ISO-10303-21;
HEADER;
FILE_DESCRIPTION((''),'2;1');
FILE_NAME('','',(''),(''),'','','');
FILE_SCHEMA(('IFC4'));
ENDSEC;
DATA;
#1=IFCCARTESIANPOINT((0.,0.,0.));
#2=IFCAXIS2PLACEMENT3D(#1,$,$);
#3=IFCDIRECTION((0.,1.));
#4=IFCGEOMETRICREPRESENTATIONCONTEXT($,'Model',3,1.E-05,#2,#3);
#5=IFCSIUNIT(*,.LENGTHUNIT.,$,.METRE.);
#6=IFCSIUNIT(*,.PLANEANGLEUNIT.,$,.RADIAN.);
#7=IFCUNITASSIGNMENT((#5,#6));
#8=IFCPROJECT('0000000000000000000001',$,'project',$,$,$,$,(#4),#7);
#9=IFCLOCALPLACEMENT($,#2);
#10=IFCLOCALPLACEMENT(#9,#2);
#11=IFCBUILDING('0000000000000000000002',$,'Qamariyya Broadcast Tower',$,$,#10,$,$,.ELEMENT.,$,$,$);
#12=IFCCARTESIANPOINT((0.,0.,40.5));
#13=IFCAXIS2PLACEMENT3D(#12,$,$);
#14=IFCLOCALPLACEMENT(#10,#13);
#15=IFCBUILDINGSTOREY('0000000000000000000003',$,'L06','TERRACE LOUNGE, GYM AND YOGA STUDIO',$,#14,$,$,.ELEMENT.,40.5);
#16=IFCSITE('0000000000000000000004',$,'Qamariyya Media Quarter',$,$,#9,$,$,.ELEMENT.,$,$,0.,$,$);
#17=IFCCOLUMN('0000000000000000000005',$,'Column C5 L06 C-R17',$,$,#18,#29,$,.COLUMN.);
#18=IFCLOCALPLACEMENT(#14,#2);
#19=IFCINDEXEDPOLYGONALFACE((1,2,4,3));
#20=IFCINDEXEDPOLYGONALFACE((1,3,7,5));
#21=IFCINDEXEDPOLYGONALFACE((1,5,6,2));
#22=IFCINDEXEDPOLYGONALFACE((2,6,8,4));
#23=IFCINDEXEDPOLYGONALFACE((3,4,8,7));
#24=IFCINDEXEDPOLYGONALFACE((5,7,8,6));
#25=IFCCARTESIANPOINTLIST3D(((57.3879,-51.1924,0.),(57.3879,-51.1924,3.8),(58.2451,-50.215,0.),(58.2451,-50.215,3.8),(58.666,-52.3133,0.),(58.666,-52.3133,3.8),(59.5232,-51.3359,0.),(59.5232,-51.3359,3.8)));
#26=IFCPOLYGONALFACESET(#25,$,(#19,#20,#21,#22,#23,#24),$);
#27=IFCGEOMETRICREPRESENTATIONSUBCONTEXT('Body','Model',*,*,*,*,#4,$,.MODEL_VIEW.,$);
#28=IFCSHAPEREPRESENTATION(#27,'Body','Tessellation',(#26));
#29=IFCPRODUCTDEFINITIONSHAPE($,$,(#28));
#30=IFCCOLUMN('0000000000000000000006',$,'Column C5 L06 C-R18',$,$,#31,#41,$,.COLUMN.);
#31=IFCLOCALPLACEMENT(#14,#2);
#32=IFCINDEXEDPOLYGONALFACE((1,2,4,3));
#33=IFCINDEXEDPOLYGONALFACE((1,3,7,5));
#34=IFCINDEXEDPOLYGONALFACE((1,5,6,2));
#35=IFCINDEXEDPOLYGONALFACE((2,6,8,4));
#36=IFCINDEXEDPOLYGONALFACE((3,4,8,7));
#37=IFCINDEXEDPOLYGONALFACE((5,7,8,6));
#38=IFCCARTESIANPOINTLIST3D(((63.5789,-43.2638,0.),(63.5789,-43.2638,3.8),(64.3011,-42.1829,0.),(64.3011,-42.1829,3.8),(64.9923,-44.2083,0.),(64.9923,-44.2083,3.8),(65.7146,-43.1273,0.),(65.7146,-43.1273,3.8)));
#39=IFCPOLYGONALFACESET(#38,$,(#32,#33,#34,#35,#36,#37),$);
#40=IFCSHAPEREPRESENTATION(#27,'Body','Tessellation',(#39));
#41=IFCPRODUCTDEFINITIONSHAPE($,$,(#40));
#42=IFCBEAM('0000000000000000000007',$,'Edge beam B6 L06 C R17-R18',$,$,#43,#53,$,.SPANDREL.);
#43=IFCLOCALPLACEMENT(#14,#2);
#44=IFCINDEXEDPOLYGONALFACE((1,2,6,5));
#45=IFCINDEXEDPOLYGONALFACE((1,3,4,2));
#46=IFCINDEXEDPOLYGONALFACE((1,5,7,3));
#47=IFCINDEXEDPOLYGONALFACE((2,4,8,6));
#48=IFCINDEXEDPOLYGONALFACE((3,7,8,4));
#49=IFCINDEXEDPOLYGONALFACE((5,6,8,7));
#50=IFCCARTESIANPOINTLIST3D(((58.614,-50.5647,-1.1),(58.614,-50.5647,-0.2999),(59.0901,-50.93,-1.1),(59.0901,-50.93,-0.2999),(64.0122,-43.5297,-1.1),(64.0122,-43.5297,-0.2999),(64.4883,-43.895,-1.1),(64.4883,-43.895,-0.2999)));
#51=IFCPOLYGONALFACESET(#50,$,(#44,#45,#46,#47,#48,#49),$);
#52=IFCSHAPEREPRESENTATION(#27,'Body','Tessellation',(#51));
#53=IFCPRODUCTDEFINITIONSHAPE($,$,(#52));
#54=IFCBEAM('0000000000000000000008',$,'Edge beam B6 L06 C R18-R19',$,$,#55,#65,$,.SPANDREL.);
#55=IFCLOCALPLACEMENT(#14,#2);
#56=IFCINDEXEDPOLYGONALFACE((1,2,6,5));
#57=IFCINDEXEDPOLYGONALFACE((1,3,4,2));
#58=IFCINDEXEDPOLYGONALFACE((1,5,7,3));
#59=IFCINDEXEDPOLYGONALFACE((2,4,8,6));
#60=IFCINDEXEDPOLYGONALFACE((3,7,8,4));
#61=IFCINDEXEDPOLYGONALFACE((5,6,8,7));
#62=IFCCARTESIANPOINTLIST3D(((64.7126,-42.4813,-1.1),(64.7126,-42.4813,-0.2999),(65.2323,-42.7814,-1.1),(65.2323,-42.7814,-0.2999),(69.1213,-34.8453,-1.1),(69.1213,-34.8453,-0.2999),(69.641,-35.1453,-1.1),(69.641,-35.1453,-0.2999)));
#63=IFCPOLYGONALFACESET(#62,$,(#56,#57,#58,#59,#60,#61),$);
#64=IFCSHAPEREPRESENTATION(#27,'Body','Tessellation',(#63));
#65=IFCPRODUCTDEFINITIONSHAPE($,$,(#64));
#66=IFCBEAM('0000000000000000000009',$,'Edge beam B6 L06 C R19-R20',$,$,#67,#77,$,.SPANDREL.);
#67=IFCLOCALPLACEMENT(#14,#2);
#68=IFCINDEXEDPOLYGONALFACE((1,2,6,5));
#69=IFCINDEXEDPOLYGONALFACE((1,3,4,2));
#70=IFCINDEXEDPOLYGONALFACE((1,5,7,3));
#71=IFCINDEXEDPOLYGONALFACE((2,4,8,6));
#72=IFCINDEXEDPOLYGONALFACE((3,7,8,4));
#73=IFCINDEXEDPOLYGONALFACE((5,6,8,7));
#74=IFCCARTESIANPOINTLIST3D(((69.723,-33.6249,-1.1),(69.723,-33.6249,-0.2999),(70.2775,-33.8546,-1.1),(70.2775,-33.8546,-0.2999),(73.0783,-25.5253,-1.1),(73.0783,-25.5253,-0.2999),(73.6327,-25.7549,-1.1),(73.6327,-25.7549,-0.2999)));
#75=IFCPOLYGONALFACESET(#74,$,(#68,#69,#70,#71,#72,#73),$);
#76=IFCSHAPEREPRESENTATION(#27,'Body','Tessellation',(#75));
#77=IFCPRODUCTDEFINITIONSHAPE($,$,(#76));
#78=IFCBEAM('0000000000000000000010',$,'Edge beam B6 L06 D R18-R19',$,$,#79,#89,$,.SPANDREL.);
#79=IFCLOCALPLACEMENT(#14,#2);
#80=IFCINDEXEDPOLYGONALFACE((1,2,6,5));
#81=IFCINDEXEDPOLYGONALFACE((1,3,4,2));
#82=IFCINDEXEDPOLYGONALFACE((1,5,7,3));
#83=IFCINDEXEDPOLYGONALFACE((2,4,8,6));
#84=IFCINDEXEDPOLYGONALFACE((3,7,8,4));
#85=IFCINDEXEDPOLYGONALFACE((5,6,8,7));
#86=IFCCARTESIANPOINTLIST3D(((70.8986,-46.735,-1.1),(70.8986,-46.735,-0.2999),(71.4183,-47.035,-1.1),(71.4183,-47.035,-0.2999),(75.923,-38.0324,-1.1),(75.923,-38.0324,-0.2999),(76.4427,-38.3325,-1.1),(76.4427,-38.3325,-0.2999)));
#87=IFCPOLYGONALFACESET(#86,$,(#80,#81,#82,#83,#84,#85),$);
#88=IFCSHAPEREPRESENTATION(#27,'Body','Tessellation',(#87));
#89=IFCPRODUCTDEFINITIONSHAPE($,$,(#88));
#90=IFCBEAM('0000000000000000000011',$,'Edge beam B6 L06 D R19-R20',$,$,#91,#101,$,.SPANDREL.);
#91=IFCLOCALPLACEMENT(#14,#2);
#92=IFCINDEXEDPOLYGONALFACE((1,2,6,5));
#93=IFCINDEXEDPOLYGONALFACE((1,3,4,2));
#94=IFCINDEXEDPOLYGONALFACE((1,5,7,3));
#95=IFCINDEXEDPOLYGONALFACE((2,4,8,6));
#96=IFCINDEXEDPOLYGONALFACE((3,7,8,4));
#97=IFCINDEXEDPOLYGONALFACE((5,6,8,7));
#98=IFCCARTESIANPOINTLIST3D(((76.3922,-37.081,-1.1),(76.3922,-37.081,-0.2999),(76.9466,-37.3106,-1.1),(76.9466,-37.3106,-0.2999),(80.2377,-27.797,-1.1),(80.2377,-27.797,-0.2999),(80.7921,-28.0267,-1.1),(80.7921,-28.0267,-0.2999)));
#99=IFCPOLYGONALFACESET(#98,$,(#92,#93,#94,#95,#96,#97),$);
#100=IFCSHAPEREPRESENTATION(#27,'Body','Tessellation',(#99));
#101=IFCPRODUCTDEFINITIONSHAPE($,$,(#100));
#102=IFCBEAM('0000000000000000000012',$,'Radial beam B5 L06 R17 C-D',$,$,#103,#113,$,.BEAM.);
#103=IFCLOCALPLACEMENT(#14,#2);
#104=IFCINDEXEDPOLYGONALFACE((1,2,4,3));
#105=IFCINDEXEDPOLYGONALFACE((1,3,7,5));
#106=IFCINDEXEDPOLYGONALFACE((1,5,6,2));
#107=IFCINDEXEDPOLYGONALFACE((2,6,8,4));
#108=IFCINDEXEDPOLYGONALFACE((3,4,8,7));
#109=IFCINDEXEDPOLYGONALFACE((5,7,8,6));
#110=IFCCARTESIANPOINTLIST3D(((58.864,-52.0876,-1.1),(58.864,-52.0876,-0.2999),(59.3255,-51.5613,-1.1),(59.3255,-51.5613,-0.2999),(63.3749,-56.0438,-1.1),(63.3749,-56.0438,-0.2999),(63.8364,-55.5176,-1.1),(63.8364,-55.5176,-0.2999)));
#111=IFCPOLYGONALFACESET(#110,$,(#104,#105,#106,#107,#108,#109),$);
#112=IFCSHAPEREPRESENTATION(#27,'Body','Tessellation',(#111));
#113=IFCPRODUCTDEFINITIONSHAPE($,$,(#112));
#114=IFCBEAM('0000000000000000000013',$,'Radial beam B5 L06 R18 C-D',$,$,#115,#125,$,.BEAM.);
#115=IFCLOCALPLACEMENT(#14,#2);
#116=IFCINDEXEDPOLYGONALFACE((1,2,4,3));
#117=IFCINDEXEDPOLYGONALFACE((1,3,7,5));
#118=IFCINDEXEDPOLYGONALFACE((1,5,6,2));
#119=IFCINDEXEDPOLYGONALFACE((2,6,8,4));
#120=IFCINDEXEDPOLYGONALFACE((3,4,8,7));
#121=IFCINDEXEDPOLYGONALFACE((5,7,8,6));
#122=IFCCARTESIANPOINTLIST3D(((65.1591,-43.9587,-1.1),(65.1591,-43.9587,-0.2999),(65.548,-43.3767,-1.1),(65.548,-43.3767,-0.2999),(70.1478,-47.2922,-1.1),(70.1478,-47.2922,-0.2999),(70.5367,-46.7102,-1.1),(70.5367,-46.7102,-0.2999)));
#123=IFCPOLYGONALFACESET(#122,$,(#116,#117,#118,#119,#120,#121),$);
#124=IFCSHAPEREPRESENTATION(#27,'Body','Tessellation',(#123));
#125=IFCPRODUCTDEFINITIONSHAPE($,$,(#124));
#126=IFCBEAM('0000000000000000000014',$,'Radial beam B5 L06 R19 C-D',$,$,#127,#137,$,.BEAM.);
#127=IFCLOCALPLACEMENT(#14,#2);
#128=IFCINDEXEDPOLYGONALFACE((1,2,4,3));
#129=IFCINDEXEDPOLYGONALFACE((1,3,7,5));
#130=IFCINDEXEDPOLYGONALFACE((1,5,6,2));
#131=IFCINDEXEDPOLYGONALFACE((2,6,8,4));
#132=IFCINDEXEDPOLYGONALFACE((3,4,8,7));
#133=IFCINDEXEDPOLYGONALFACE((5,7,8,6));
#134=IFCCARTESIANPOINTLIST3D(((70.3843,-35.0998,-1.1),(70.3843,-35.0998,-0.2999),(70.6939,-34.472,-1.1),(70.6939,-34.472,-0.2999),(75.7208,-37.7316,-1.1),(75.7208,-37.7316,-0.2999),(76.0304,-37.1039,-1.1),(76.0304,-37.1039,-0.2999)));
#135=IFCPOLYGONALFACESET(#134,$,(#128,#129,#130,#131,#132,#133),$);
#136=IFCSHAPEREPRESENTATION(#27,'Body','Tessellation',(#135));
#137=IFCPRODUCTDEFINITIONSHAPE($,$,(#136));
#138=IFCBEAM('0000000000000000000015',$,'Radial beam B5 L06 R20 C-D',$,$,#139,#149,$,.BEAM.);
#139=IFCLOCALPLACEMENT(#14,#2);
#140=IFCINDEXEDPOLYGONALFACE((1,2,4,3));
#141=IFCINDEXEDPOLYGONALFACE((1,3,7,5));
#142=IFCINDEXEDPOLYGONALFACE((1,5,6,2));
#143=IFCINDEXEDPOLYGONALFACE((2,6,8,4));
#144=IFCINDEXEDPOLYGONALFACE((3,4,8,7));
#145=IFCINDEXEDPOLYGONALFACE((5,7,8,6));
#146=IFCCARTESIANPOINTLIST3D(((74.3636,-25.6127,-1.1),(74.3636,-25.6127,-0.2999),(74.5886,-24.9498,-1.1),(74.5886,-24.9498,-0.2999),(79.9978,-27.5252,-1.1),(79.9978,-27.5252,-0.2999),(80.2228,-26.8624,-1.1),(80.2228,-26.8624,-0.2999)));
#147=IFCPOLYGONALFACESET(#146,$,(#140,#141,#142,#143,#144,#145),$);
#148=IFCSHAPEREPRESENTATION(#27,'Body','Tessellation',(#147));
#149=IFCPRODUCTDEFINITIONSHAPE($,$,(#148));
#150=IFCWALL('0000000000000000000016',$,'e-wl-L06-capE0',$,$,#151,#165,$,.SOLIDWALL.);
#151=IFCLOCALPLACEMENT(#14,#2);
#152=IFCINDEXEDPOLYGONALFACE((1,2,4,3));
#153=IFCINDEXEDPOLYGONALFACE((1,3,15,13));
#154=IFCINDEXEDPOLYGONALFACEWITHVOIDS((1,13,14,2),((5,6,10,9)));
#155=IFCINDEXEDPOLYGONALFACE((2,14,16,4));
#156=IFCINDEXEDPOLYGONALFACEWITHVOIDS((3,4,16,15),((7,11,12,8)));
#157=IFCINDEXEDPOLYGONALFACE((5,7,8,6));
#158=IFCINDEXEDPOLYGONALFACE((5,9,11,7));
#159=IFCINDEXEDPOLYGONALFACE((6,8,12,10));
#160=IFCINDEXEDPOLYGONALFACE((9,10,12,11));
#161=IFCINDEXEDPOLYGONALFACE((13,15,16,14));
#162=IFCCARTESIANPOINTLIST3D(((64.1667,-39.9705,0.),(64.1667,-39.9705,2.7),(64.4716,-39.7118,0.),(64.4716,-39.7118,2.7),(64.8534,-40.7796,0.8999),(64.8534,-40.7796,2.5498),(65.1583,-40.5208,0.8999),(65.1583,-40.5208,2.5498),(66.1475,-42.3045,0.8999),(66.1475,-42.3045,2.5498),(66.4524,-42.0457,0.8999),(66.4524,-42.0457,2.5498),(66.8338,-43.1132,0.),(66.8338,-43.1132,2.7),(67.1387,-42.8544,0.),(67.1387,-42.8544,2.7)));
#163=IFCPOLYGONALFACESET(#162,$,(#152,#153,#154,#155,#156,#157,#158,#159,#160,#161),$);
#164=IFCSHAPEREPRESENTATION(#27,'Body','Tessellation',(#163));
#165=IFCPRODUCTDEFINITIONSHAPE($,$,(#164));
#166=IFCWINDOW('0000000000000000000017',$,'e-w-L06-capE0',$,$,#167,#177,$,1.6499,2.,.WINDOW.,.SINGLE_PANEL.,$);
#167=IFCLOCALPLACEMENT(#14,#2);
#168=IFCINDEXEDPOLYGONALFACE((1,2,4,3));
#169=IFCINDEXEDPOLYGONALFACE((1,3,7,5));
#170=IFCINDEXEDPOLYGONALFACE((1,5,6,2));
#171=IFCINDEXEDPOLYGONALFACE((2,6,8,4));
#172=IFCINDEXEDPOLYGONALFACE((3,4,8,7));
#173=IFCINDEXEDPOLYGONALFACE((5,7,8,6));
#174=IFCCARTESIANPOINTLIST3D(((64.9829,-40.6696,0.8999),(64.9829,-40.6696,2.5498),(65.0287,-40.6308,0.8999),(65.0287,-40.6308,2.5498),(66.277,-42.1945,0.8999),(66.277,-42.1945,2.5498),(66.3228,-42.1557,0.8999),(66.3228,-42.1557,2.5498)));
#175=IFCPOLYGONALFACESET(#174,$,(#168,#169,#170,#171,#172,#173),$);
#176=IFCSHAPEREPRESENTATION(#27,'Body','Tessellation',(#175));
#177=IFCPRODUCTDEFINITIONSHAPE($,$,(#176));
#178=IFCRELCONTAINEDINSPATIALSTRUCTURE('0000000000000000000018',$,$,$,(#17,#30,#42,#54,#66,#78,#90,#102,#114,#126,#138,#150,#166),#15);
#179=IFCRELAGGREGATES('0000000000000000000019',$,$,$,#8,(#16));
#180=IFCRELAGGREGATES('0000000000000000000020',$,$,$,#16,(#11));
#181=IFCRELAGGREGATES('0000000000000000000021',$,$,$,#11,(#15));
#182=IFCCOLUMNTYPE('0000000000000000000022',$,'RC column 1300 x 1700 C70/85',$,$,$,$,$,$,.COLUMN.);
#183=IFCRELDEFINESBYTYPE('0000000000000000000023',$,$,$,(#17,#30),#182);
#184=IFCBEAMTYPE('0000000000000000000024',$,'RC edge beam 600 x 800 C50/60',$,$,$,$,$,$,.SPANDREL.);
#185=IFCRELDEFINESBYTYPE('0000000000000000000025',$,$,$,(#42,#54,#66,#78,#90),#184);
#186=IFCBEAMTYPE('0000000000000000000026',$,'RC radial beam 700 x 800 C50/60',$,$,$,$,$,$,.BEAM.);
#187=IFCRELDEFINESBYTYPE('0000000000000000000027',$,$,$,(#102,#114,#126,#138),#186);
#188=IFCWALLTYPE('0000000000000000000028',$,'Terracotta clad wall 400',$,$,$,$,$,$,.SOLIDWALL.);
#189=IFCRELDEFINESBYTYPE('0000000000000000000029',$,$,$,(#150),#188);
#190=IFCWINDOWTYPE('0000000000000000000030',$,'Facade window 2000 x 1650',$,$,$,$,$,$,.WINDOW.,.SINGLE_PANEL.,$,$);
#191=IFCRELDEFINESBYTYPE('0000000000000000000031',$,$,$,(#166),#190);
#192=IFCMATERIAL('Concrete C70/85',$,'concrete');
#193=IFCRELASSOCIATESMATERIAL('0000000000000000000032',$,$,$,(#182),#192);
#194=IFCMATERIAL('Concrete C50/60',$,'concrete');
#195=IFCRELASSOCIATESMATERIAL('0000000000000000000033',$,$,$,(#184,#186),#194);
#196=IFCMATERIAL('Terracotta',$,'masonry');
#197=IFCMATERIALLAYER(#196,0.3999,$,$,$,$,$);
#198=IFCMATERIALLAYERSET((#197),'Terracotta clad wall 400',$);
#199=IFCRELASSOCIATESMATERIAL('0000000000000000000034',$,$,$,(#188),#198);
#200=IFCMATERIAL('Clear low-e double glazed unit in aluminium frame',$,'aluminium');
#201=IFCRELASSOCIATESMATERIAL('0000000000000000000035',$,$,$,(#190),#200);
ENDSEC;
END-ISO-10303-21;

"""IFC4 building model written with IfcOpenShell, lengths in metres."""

from ifc_helpers import new_model, si_unit, direction, frame, frame_2d, origin, origin_2d, place, context, subcontext, project, spatial, rectangle, extrude, material, layer, layer_set, material_profile, profile_set, type_object, element, fill, save


model = new_model("IFC4")

# Units and contexts
model_context = context("Model", 3, precision=1e-05, world=origin(), true_north=direction((0.0, 1.0)))
body_context = subcontext(model_context, "Body", "Model", "MODEL_VIEW")
ifc_project = project(units=[si_unit("LENGTHUNIT", "METRE"), si_unit("PLANEANGLEUNIT", "RADIAN")], contexts=[model_context])

# Site, building, storey
site_placement = place(None, origin())
site = spatial("IfcSite", under=ifc_project, at=site_placement, Name="Qamariyya Media Quarter", CompositionType="ELEMENT", RefElevation=0.0)
building_placement = place(site_placement, origin())
building = spatial("IfcBuilding", under=site, at=building_placement, Name="Qamariyya Broadcast Tower", CompositionType="ELEMENT")
storey_placement = place(building_placement, frame((0.0, 0.0, 40.5)))
storey = spatial("IfcBuildingStorey", under=building, at=storey_placement, Name="L06", Description="TERRACE LOUNGE, GYM AND YOGA STUDIO", CompositionType="ELEMENT", Elevation=40.5)

# Columns
ifc_material_1 = material(Name="Concrete C70/85", Category="concrete")
ifc_material_profile_1 = material_profile(ifc_material_1, rectangle(XDim=1.3, YDim=1.7, at=origin_2d()))
ifc_profile_set_1 = profile_set([ifc_material_profile_1], Name="Concrete C70/85")
column_type = type_object("IfcColumnType", Name="RC column 1300 x 1700 C70/85", PredefinedType="COLUMN", material=ifc_profile_set_1)
for number, where, z_axis, x_axis, name in (
    (1, (58.4556, -51.2642, 0.0), (0.0, 0.0, 1.0), (0.659346, 0.75184, 0.0), "Column C5 L06 C-R17"),
    (2, (64.6467, -43.1956, 0.0), (0.0, 0.0, 1.0), (0.55557, 0.83147, 0.0), "Column C5 L06 C-R18"),
):
    element("IfcColumn", number, at=place(storey_placement, frame(where, z_axis=z_axis, x_axis=x_axis)), inside=storey, type_object=column_type, Name=name, PredefinedType="COLUMN", context=body_context, shape_type="SweptSolid", body=[
        extrude(rectangle(XDim=1.3, YDim=1.7, at=origin_2d()), origin(), (0.0, 0.0, 1.0), 3.8),
    ])

# Beams
ifc_material_2 = material(Name="Concrete C50/60", Category="concrete")
ifc_material_profile_2 = material_profile(ifc_material_2, rectangle(XDim=0.6001, YDim=0.8, at=origin_2d()))
ifc_profile_set_2 = profile_set([ifc_material_profile_2], Name="Concrete C50/60")
beam_type_1 = type_object("IfcBeamType", Name="RC edge beam 600 x 800 C50/60", PredefinedType="SPANDREL", material=ifc_profile_set_2)
beam_1_placement = place(storey_placement, frame((58.8521, -50.7473, -0.7), z_axis=(0.60877, 0.793347, 0.0), x_axis=(-0.793347, 0.60877, 0.0)))
element("IfcBeam", 3, at=beam_1_placement, inside=storey, type_object=beam_type_1, Name="Edge beam B6 L06 C R17-R18", PredefinedType="SPANDREL", context=body_context, shape_type="SweptSolid", body=[
    extrude(rectangle(XDim=0.6001, YDim=0.8, at=origin_2d()), origin(), (0.0, 0.0, 1.0), 8.8674),
])
beam_2_placement = place(storey_placement, frame((64.9724, -42.6313, -0.7), z_axis=(0.500004, 0.866023, 0.0), x_axis=(-0.866023, 0.500004, 0.0)))
element("IfcBeam", 4, at=beam_2_placement, inside=storey, type_object=beam_type_1, Name="Edge beam B6 L06 C R18-R19", PredefinedType="SPANDREL", context=body_context, shape_type="SweptSolid", body=[
    extrude(rectangle(XDim=0.6001, YDim=0.8, at=origin_2d()), origin(), (0.0, 0.0, 1.0), 8.8174),
])
beam_3_placement = place(storey_placement, frame((70.0002, -33.7397, -0.7), z_axis=(0.382708, 0.923869, 0.0), x_axis=(-0.923869, 0.382708, 0.0)))
element("IfcBeam", 5, at=beam_3_placement, inside=storey, type_object=beam_type_1, Name="Edge beam B6 L06 C R19-R20", PredefinedType="SPANDREL", context=body_context, shape_type="SweptSolid", body=[
    extrude(rectangle(XDim=0.6001, YDim=0.8, at=origin_2d()), origin(), (0.0, 0.0, 1.0), 8.7671),
])
for number, where, z_axis, x_axis, name in (
    (6, (71.1584, -46.885, -0.7), (0.499996, 0.866028, 0.0), (-0.866028, 0.499996, 0.0), "Edge beam B6 L06 D R18-R19"),
    (7, (76.6694, -37.1958, -0.7), (0.382677, 0.923882, 0.0), (-0.923882, 0.382677, 0.0), "Edge beam B6 L06 D R19-R20"),
):
    element("IfcBeam", number, at=place(storey_placement, frame(where, z_axis=z_axis, x_axis=x_axis)), inside=storey, type_object=beam_type_1, Name=name, PredefinedType="SPANDREL", context=body_context, shape_type="SweptSolid", body=[
        extrude(rectangle(XDim=0.6001, YDim=0.8, at=origin_2d()), origin(), (0.0, 0.0, 1.0), 10.0488),
    ])
ifc_material_profile_3 = material_profile(ifc_material_2, rectangle(XDim=0.7, YDim=0.8, at=origin_2d()))
ifc_profile_set_3 = profile_set([ifc_material_profile_3], Name="Concrete C50/60")
beam_type_2 = type_object("IfcBeamType", Name="RC radial beam 700 x 800 C50/60", PredefinedType="BEAM", material=ifc_profile_set_3)
for number, where, z_axis, x_axis, name in (
    (8, (59.0947, -51.8245, -0.7), (0.751818, -0.659371, 0.0), (0.659371, 0.751818, 0.0), "Radial beam B5 L06 R17 C-D"),
    (9, (65.3535, -43.6677, -0.7), (0.831461, -0.555583, 0.0), (0.555583, 0.831461, 0.0), "Radial beam B5 L06 R18 C-D"),
):
    element("IfcBeam", number, at=place(storey_placement, frame(where, z_axis=z_axis, x_axis=x_axis)), inside=storey, type_object=beam_type_2, Name=name, PredefinedType="BEAM", context=body_context, shape_type="SweptSolid", body=[
        extrude(rectangle(XDim=0.7, YDim=0.8, at=origin_2d()), origin(), (0.0, 0.0, 1.0), 6.0),
    ])
beam_4_placement = place(storey_placement, frame((70.5391, -34.7859, -0.7), z_axis=(0.896859, -0.442316, 0.0), x_axis=(0.442316, 0.896859, 0.0)))
element("IfcBeam", 10, at=beam_4_placement, inside=storey, type_object=beam_type_2, Name="Radial beam B5 L06 R19 C-D", PredefinedType="BEAM", context=body_context, shape_type="SweptSolid", body=[
    extrude(rectangle(XDim=0.7, YDim=0.8, at=origin_2d()), origin(), (0.0, 0.0, 1.0), 5.9502),
])
beam_5_placement = place(storey_placement, frame((74.4761, -25.2812, -0.7), z_axis=(0.946929, -0.321442, 0.0), x_axis=(0.321442, 0.946929, 0.0)))
element("IfcBeam", 11, at=beam_5_placement, inside=storey, type_object=beam_type_2, Name="Radial beam B5 L06 R20 C-D", PredefinedType="BEAM", context=body_context, shape_type="SweptSolid", body=[
    extrude(rectangle(XDim=0.7, YDim=0.8, at=origin_2d()), origin(), (0.0, 0.0, 1.0), 5.95),
])

# Wall, opening, window
ifc_material_3 = material(Name="Terracotta", Category="masonry")
ifc_layer = layer(ifc_material_3, 0.3999)
ifc_layer_set = layer_set([ifc_layer], Name="Terracotta clad wall 400")
wall_type = type_object("IfcWallType", Name="Terracotta clad wall 400", PredefinedType="SOLIDWALL", material=ifc_layer_set)
wall_1_placement = place(storey_placement, frame((66.9863, -42.9839, 0.0), z_axis=(0.0, 0.0, 1.0), x_axis=(-0.647057, 0.762442, 0.0)))
wall_1 = element("IfcWall", 12, at=wall_1_placement, inside=storey, type_object=wall_type, Name="e-wl-L06-capE0", PredefinedType="SOLIDWALL", context=body_context, shape_type="SweptSolid", body=[
    extrude(rectangle(XDim=4.1218, YDim=0.3999, at=frame_2d((2.061, 0.0))), origin(), (0.0, 0.0, 1.0), 2.7),
])
opening_1_placement = place(wall_1_placement, frame((1.0608, 0.0, 0.8999)))
opening_1 = element("IfcOpeningElement", 13, at=opening_1_placement, cuts=wall_1, PredefinedType="OPENING", context=body_context, shape_type="SweptSolid", body=[
    extrude(rectangle(XDim=2.0, YDim=1.6499, at=frame_2d((1.0, 0.825))), frame((0.0, 0.21, 0.0), z_axis=(0.0, -1.0, 0.0), x_axis=(1.0, 0.0, 0.0)), (0.0, 0.0, 1.0), 0.4199),
])
ifc_material_4 = material(Name="Clear low-e double glazed unit in aluminium frame", Category="aluminium")
window_type = type_object("IfcWindowType", Name="Facade window 2000 x 1650", PartitioningType="SINGLE_PANEL", PredefinedType="WINDOW", material=ifc_material_4)
window_1_placement = place(opening_1_placement, origin())
window_1 = element("IfcWindow", 14, at=window_1_placement, inside=storey, type_object=window_type, Name="e-w-L06-capE0", OverallHeight=1.6499, OverallWidth=2.0, PartitioningType="SINGLE_PANEL", PredefinedType="WINDOW", context=body_context, shape_type="SweptSolid", body=[
    extrude(rectangle(XDim=2.0, YDim=1.6499, at=frame_2d((1.0, 0.825))), frame((0.0, 0.03, 0.0), z_axis=(0.0, -1.0, 0.0), x_axis=(1.0, 0.0, 0.0)), (0.0, 0.0, 1.0), 0.0601),
])
fill(opening_1, window_1)

save(model, "model.ifc")
